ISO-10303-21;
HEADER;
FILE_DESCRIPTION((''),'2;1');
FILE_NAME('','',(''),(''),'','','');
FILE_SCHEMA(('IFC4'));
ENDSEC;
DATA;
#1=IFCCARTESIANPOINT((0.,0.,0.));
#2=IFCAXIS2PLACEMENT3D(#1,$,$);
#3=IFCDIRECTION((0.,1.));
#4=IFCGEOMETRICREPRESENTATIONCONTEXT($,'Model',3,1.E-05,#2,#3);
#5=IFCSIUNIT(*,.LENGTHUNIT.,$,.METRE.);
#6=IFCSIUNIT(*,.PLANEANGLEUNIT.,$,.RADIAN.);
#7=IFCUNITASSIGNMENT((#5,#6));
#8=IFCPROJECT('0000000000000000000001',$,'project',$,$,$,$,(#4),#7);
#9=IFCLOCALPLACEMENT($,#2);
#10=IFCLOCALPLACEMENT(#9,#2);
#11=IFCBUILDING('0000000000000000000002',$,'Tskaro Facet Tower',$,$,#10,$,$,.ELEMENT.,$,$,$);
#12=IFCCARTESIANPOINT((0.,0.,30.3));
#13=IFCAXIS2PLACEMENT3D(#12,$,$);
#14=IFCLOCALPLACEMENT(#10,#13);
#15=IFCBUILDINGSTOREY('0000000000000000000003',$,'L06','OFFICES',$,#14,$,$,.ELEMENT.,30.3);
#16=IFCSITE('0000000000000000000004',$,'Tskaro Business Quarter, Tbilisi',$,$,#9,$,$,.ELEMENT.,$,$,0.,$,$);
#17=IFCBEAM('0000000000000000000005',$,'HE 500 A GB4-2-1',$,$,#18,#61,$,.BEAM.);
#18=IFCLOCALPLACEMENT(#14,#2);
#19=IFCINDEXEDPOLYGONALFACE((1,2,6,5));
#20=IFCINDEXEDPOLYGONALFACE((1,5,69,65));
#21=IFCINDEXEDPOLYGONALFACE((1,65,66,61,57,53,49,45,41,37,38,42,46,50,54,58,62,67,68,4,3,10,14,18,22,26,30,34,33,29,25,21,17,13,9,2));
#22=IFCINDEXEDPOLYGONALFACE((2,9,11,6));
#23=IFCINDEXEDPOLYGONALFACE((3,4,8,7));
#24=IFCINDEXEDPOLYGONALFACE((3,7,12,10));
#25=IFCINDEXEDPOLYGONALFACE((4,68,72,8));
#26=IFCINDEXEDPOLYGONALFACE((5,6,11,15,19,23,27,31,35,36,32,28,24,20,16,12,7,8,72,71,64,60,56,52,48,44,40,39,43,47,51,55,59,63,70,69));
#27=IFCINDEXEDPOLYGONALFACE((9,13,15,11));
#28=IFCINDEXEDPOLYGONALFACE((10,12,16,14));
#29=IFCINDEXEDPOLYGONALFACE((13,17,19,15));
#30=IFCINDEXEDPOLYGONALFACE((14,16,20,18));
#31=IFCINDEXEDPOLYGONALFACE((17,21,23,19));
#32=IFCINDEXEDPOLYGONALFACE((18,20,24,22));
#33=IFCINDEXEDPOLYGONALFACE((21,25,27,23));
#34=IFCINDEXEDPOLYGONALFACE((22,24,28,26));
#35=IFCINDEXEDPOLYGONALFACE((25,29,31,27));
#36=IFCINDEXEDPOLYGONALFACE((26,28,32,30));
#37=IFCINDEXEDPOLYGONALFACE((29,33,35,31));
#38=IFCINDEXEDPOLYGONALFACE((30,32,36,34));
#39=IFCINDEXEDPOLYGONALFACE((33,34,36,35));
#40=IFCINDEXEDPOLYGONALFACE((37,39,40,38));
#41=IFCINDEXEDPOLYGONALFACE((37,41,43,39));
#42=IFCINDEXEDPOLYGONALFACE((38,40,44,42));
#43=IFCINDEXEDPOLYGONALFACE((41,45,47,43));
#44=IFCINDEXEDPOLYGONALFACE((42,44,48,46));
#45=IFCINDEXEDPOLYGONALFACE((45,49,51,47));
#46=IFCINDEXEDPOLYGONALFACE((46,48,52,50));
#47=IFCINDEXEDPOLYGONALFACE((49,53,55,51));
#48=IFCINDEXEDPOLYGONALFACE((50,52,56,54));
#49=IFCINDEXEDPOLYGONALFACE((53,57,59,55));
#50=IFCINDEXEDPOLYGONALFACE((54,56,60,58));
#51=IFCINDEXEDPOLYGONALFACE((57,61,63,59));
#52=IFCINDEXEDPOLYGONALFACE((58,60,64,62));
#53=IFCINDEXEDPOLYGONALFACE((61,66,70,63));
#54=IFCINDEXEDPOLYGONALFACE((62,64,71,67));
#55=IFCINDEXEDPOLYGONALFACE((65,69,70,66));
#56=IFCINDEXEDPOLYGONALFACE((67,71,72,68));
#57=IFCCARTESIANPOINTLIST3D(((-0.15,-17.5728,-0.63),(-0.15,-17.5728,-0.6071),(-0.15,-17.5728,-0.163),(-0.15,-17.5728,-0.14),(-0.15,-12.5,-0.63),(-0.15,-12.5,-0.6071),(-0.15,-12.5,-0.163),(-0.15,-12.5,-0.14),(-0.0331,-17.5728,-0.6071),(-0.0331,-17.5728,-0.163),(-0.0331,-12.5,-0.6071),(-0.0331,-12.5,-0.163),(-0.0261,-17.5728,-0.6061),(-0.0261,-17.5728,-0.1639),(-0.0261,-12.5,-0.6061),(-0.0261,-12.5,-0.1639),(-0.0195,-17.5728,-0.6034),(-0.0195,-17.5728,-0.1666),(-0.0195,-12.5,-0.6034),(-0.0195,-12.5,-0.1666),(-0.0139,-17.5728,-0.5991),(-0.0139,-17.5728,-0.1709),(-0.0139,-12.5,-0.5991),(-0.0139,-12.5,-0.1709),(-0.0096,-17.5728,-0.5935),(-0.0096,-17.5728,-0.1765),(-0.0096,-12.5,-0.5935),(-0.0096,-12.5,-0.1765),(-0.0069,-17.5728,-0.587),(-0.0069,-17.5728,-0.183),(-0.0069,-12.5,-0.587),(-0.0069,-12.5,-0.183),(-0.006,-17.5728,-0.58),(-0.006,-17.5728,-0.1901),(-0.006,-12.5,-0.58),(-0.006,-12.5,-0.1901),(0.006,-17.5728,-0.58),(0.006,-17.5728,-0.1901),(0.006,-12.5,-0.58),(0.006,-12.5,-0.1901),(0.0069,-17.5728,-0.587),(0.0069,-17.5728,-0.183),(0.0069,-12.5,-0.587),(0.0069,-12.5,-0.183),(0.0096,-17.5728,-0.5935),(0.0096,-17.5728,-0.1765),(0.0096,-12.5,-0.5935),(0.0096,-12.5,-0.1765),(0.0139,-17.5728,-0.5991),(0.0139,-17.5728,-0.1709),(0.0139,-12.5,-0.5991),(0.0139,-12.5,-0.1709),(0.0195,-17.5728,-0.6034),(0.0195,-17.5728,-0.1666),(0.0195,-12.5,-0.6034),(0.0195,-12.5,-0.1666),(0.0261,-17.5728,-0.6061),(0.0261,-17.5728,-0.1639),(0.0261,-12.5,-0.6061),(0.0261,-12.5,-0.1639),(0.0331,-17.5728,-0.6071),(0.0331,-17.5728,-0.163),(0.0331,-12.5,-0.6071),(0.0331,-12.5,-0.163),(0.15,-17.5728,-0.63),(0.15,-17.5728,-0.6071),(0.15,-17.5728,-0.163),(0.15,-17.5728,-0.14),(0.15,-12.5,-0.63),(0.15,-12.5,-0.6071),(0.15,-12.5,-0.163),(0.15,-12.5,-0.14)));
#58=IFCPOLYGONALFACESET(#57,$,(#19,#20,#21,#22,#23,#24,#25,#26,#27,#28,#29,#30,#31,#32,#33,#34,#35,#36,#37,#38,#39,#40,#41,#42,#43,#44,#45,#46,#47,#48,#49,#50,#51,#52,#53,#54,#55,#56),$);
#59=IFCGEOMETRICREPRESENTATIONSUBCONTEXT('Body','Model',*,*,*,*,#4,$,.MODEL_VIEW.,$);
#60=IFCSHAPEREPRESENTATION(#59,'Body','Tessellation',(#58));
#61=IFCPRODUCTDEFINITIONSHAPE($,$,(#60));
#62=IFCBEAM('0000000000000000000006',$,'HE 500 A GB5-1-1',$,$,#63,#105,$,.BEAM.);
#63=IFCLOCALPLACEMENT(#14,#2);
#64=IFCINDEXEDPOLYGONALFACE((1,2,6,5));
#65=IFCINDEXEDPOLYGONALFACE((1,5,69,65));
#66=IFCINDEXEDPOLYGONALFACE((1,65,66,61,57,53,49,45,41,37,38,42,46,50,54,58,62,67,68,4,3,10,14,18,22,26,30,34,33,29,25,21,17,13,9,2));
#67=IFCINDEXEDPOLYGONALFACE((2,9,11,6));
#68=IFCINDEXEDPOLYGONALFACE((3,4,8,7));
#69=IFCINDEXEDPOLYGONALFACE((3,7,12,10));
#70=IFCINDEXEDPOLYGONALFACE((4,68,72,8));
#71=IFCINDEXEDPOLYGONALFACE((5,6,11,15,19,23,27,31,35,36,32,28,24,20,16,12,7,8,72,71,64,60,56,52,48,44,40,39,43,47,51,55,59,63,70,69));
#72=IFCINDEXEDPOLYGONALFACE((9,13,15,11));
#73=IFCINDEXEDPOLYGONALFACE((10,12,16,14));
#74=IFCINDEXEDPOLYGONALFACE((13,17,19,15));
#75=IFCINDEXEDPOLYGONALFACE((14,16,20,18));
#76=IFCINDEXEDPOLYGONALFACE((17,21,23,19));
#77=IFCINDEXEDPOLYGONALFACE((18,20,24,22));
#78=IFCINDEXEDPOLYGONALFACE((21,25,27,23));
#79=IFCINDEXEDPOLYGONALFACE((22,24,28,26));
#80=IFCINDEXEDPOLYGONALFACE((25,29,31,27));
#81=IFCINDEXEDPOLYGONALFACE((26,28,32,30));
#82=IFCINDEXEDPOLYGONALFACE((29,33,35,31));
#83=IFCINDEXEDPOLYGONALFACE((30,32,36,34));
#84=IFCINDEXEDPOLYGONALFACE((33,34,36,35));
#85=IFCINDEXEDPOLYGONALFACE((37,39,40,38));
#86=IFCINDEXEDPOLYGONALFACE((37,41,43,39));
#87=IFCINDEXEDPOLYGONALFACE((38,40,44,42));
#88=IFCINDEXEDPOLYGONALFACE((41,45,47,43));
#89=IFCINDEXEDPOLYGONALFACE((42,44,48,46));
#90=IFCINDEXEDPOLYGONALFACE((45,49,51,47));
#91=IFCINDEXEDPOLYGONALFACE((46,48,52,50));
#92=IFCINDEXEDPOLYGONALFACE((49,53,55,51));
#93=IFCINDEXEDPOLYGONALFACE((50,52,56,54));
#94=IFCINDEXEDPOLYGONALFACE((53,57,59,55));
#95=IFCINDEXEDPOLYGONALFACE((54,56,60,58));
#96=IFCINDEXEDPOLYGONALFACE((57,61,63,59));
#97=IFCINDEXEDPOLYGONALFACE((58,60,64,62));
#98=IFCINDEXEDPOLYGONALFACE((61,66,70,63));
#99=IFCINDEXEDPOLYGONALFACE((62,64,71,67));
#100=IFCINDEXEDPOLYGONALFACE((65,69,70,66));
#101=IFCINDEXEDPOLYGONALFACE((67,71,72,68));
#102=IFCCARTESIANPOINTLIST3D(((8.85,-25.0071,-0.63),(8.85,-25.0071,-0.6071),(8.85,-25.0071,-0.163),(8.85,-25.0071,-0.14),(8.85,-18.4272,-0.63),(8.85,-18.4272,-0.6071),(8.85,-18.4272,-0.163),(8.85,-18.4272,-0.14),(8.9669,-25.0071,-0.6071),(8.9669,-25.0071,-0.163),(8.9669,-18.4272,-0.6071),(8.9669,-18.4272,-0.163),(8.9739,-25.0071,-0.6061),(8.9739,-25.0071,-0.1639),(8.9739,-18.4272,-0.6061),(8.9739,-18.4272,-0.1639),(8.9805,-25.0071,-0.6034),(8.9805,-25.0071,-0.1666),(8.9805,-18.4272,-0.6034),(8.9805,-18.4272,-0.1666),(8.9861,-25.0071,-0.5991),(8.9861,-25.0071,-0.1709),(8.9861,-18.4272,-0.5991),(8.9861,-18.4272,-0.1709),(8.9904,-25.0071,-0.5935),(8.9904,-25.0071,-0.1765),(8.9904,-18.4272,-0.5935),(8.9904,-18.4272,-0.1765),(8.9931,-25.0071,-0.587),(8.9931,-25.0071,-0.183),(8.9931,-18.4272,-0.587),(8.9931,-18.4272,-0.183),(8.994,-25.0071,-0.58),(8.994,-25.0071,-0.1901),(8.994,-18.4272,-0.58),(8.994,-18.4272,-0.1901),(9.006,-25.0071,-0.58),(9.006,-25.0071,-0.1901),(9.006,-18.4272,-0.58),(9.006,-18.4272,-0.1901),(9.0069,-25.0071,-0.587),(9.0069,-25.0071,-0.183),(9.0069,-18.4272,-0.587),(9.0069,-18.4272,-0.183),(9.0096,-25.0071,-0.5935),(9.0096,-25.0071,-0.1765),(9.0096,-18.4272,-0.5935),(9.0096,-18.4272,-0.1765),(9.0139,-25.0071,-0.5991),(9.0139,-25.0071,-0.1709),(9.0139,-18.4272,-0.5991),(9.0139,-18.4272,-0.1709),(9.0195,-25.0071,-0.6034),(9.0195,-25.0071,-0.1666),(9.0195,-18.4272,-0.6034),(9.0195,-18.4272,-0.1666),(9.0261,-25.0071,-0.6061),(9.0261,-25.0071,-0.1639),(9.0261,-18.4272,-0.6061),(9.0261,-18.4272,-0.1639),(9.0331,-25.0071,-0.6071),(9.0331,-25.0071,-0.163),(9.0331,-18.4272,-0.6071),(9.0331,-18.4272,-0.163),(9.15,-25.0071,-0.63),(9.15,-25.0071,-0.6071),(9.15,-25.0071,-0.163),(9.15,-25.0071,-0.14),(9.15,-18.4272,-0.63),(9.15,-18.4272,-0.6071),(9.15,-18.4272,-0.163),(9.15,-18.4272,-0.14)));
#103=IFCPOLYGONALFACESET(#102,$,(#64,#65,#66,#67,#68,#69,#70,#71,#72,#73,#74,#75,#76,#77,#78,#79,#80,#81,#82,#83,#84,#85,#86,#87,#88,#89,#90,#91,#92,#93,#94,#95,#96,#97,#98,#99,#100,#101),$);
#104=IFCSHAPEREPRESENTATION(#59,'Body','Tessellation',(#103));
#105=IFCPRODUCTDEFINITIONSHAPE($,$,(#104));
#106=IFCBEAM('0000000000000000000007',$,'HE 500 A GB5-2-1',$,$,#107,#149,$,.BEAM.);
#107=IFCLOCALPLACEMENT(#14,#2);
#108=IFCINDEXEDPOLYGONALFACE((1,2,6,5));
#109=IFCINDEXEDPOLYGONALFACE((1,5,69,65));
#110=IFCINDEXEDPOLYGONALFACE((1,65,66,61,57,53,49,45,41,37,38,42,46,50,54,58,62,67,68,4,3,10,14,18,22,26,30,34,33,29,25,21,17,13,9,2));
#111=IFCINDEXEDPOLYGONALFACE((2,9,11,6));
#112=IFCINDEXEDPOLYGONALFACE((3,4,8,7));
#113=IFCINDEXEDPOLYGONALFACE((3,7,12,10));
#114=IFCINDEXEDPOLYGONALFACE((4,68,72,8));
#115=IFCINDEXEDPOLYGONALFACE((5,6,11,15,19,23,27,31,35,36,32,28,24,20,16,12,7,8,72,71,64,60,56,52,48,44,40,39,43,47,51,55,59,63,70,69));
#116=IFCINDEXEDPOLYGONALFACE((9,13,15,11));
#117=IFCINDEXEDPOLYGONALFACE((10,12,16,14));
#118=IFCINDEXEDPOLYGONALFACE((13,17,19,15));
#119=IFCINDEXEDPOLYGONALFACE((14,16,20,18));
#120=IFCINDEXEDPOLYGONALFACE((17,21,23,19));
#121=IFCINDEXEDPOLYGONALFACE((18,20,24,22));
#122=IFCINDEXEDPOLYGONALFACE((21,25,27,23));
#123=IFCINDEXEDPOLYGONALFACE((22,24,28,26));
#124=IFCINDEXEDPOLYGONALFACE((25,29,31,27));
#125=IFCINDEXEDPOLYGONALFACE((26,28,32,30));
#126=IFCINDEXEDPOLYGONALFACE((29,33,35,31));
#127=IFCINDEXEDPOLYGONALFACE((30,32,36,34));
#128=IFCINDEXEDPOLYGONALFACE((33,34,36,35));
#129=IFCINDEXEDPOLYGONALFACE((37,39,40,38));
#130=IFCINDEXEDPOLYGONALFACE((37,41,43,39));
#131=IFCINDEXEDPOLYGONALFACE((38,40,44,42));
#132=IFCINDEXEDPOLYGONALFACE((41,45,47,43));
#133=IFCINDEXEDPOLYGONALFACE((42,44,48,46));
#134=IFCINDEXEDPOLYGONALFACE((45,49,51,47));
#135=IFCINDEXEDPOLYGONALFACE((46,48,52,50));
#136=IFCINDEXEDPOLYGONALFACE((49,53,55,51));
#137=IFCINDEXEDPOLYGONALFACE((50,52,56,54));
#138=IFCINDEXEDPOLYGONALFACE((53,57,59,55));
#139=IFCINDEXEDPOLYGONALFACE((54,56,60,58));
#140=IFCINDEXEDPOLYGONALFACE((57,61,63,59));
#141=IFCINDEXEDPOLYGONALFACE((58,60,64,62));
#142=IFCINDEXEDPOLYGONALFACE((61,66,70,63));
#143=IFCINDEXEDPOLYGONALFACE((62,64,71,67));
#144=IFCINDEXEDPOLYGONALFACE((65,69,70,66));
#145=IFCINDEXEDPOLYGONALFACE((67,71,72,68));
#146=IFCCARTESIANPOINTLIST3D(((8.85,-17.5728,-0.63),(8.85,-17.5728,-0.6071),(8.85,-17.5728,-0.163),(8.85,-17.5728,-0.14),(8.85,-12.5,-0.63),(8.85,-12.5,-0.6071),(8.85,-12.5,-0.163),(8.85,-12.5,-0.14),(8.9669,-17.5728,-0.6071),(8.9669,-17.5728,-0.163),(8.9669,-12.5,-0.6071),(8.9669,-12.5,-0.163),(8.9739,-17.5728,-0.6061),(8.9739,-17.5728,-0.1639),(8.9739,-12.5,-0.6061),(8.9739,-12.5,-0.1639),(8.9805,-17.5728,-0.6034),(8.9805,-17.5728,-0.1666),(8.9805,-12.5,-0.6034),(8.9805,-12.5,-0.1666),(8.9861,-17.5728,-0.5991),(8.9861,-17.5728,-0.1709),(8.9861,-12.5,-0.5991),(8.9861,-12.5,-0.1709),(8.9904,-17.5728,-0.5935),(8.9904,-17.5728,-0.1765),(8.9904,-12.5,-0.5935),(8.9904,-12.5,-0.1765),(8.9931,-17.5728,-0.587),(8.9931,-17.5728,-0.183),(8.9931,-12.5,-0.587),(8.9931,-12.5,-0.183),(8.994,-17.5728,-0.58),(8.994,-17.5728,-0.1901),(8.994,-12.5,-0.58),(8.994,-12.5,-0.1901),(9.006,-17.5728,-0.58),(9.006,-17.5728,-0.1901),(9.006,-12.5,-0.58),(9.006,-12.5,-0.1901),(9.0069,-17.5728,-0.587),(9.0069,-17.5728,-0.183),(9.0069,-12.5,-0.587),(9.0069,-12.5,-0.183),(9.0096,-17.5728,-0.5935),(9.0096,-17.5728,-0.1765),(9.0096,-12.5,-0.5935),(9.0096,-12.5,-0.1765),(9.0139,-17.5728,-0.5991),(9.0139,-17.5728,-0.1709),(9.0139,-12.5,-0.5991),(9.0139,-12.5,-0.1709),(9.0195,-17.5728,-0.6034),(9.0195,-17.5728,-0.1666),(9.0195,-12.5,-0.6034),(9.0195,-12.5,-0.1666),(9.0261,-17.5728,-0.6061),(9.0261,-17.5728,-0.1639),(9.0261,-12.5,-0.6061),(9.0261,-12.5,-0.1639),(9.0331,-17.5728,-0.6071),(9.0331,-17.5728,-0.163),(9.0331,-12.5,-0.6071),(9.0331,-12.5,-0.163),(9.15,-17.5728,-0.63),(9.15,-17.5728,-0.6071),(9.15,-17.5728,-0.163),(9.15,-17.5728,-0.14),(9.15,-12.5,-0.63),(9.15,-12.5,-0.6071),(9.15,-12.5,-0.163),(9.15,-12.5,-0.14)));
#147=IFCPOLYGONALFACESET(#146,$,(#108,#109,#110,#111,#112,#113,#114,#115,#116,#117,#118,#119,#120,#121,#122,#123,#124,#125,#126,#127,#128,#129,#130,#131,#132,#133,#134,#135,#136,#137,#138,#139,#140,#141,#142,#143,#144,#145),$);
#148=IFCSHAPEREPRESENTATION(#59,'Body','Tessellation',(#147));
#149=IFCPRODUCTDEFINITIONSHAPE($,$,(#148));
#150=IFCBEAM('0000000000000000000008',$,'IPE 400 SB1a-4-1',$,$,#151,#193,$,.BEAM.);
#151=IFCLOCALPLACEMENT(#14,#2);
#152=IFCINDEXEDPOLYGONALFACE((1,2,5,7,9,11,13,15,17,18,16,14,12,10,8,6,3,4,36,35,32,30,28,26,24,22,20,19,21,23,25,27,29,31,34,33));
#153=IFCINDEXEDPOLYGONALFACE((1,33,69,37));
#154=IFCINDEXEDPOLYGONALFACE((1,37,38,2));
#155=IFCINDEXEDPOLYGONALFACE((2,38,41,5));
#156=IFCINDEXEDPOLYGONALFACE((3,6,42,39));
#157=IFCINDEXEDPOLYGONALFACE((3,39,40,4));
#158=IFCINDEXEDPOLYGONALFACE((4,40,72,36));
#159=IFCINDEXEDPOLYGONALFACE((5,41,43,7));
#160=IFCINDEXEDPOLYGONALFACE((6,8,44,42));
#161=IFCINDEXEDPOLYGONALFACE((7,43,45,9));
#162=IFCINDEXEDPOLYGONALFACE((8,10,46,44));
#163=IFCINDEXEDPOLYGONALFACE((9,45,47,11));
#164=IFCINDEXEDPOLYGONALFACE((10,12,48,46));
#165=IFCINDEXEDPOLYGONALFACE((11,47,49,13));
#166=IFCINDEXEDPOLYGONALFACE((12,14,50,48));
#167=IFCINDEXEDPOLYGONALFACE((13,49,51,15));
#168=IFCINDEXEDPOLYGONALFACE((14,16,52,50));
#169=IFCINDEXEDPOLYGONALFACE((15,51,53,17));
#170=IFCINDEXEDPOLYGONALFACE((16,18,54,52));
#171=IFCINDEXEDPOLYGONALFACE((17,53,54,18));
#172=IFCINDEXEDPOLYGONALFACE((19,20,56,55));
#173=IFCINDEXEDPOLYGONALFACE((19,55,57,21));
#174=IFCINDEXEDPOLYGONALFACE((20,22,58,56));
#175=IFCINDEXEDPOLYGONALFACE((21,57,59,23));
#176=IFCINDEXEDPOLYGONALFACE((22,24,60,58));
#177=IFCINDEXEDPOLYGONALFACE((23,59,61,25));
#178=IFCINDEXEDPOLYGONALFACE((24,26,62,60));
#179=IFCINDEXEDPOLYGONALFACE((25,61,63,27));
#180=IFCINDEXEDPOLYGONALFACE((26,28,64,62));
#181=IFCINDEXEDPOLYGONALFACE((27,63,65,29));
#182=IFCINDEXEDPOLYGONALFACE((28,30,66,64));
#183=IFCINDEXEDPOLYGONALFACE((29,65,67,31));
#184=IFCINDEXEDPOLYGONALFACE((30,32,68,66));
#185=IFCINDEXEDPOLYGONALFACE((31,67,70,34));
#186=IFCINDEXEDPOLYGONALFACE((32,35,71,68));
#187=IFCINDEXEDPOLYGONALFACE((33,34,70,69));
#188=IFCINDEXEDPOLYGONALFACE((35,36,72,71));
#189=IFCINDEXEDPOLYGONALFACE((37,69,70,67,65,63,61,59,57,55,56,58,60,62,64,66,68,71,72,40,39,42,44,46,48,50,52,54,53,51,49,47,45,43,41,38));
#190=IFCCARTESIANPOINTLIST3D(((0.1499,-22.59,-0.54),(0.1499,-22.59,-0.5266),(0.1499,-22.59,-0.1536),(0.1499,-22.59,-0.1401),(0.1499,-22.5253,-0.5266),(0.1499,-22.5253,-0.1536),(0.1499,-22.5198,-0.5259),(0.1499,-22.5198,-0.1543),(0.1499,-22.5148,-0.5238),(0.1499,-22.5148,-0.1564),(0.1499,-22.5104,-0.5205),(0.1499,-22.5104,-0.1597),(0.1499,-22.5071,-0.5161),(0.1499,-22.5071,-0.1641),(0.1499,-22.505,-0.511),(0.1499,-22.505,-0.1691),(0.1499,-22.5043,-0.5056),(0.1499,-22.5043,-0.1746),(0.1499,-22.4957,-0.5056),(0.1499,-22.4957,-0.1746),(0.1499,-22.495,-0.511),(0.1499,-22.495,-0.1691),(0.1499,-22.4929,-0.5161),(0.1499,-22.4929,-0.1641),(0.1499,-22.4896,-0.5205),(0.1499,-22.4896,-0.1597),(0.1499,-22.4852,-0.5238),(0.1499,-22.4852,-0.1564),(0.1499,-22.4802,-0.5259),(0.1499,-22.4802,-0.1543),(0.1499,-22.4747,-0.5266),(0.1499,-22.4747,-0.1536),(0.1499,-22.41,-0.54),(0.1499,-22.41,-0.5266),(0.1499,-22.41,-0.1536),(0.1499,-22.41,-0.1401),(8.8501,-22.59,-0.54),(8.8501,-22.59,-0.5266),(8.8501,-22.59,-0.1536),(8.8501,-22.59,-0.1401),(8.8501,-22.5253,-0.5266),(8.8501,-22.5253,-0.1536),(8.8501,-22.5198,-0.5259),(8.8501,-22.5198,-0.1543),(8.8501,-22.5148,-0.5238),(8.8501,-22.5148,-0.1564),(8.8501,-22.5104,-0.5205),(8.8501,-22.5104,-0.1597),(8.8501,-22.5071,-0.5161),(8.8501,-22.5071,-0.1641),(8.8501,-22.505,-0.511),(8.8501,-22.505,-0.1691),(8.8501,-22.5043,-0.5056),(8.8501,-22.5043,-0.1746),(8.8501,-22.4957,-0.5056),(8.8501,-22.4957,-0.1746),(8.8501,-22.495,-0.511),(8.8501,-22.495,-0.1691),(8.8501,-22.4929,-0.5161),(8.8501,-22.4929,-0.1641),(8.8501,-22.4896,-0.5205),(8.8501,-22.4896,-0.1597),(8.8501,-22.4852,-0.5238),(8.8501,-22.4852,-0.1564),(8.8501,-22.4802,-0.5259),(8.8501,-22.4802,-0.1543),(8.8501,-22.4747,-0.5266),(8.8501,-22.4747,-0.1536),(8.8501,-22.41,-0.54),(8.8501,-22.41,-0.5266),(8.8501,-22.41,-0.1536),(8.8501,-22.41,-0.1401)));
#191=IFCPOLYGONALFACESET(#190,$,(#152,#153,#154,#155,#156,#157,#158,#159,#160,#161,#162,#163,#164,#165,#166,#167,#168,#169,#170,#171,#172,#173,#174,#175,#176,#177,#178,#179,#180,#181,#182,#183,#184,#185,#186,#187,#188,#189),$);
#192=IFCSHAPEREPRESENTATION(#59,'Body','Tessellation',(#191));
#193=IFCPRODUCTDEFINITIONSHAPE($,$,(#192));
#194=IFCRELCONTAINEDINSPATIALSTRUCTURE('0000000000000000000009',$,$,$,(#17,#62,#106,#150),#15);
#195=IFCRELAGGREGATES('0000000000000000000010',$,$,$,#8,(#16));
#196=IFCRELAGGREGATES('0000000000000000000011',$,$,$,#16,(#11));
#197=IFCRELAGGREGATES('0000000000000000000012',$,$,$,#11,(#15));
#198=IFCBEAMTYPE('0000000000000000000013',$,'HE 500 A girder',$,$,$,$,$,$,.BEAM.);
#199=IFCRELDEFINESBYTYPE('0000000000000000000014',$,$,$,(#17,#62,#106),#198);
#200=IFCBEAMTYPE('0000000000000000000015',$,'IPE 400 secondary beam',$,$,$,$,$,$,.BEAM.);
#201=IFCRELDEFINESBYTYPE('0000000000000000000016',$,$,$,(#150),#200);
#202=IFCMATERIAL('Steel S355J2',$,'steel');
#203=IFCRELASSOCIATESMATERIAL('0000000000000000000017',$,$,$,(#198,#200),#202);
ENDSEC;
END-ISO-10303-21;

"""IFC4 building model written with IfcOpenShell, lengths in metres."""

from ifc_helpers import new_model, si_unit, direction, frame, origin, origin_2d, place, context, subcontext, project, spatial, i_section, extrude, material, material_profile, profile_set, type_object, element, save


model = new_model("IFC4")

# Units and contexts
model_context = context("Model", 3, precision=1e-05, world=origin(), true_north=direction((0.0, 1.0)))
body_context = subcontext(model_context, "Body", "Model", "MODEL_VIEW")
ifc_project = project(units=[si_unit("LENGTHUNIT", "METRE"), si_unit("PLANEANGLEUNIT", "RADIAN")], contexts=[model_context])

# Site, building, storey
site_placement = place(None, origin())
site = spatial("IfcSite", under=ifc_project, at=site_placement, Name="Tskaro Business Quarter, Tbilisi", CompositionType="ELEMENT", RefElevation=0.0)
building_placement = place(site_placement, origin())
building = spatial("IfcBuilding", under=site, at=building_placement, Name="Tskaro Facet Tower", CompositionType="ELEMENT")
storey_placement = place(building_placement, frame((0.0, 0.0, 30.3)))
storey = spatial("IfcBuildingStorey", under=building, at=storey_placement, Name="L06", Description="OFFICES", CompositionType="ELEMENT", Elevation=30.3)

# Beams
ifc_material_1 = material(Name="Steel S355J2", Category="steel")
ifc_material_profile_1 = material_profile(ifc_material_1, i_section(OverallWidth=0.3, OverallDepth=0.49, WebThickness=0.012, FlangeThickness=0.0229, FilletRadius=0.0271, at=origin_2d()), Name="HE 500 A")
ifc_profile_set_1 = profile_set([ifc_material_profile_1], Name="Steel S355J2")
beam_type_1 = type_object("IfcBeamType", Name="HE 500 A girder", PredefinedType="BEAM", material=ifc_profile_set_1)
beam_1_placement = place(storey_placement, frame((0.0, -17.5728, -0.385), z_axis=(0.0, 1.0, 0.0), x_axis=(-1.0, 0.0, 0.0)))
element("IfcBeam", 1, at=beam_1_placement, inside=storey, type_object=beam_type_1, Name="HE 500 A GB4-2-1", PredefinedType="BEAM", context=body_context, shape_type="SweptSolid", body=[
    extrude(i_section(OverallWidth=0.3, OverallDepth=0.49, WebThickness=0.012, FlangeThickness=0.0229, FilletRadius=0.0271, at=origin_2d()), origin(), (0.0, 0.0, 1.0), 5.0728),
])
beam_2_placement = place(storey_placement, frame((9.0, -25.0071, -0.385), z_axis=(0.0, 1.0, 0.0), x_axis=(-1.0, 0.0, 0.0)))
element("IfcBeam", 2, at=beam_2_placement, inside=storey, type_object=beam_type_1, Name="HE 500 A GB5-1-1", PredefinedType="BEAM", context=body_context, shape_type="SweptSolid", body=[
    extrude(i_section(OverallWidth=0.3, OverallDepth=0.49, WebThickness=0.012, FlangeThickness=0.0229, FilletRadius=0.0271, at=origin_2d()), origin(), (0.0, 0.0, 1.0), 6.5798),
])
beam_3_placement = place(storey_placement, frame((9.0, -17.5728, -0.385), z_axis=(0.0, 1.0, 0.0), x_axis=(-1.0, 0.0, 0.0)))
element("IfcBeam", 3, at=beam_3_placement, inside=storey, type_object=beam_type_1, Name="HE 500 A GB5-2-1", PredefinedType="BEAM", context=body_context, shape_type="SweptSolid", body=[
    extrude(i_section(OverallWidth=0.3, OverallDepth=0.49, WebThickness=0.012, FlangeThickness=0.0229, FilletRadius=0.0271, at=origin_2d()), origin(), (0.0, 0.0, 1.0), 5.0728),
])
ifc_material_profile_2 = material_profile(ifc_material_1, i_section(OverallWidth=0.1799, OverallDepth=0.3999, WebThickness=0.0085, FlangeThickness=0.0134, FilletRadius=0.021, at=origin_2d()), Name="IPE 400")
ifc_profile_set_2 = profile_set([ifc_material_profile_2], Name="Steel S355J2")
beam_type_2 = type_object("IfcBeamType", Name="IPE 400 secondary beam", PredefinedType="BEAM", material=ifc_profile_set_2)
for number, where, z_axis, x_axis, name in (
    (4, (0.1499, -22.5, -0.3401), (1.0, 0.0, 0.0), (0.0, 1.0, 0.0), "IPE 400 SB1a-4-1"),
):
    element("IfcBeam", number, at=place(storey_placement, frame(where, z_axis=z_axis, x_axis=x_axis)), inside=storey, type_object=beam_type_2, Name=name, PredefinedType="BEAM", context=body_context, shape_type="SweptSolid", body=[
        extrude(i_section(OverallWidth=0.1799, OverallDepth=0.3999, WebThickness=0.0085, FlangeThickness=0.0134, FilletRadius=0.021, at=origin_2d()), origin(), (0.0, 0.0, 1.0), 8.7002),
    ])

save(model, "model.ifc")
